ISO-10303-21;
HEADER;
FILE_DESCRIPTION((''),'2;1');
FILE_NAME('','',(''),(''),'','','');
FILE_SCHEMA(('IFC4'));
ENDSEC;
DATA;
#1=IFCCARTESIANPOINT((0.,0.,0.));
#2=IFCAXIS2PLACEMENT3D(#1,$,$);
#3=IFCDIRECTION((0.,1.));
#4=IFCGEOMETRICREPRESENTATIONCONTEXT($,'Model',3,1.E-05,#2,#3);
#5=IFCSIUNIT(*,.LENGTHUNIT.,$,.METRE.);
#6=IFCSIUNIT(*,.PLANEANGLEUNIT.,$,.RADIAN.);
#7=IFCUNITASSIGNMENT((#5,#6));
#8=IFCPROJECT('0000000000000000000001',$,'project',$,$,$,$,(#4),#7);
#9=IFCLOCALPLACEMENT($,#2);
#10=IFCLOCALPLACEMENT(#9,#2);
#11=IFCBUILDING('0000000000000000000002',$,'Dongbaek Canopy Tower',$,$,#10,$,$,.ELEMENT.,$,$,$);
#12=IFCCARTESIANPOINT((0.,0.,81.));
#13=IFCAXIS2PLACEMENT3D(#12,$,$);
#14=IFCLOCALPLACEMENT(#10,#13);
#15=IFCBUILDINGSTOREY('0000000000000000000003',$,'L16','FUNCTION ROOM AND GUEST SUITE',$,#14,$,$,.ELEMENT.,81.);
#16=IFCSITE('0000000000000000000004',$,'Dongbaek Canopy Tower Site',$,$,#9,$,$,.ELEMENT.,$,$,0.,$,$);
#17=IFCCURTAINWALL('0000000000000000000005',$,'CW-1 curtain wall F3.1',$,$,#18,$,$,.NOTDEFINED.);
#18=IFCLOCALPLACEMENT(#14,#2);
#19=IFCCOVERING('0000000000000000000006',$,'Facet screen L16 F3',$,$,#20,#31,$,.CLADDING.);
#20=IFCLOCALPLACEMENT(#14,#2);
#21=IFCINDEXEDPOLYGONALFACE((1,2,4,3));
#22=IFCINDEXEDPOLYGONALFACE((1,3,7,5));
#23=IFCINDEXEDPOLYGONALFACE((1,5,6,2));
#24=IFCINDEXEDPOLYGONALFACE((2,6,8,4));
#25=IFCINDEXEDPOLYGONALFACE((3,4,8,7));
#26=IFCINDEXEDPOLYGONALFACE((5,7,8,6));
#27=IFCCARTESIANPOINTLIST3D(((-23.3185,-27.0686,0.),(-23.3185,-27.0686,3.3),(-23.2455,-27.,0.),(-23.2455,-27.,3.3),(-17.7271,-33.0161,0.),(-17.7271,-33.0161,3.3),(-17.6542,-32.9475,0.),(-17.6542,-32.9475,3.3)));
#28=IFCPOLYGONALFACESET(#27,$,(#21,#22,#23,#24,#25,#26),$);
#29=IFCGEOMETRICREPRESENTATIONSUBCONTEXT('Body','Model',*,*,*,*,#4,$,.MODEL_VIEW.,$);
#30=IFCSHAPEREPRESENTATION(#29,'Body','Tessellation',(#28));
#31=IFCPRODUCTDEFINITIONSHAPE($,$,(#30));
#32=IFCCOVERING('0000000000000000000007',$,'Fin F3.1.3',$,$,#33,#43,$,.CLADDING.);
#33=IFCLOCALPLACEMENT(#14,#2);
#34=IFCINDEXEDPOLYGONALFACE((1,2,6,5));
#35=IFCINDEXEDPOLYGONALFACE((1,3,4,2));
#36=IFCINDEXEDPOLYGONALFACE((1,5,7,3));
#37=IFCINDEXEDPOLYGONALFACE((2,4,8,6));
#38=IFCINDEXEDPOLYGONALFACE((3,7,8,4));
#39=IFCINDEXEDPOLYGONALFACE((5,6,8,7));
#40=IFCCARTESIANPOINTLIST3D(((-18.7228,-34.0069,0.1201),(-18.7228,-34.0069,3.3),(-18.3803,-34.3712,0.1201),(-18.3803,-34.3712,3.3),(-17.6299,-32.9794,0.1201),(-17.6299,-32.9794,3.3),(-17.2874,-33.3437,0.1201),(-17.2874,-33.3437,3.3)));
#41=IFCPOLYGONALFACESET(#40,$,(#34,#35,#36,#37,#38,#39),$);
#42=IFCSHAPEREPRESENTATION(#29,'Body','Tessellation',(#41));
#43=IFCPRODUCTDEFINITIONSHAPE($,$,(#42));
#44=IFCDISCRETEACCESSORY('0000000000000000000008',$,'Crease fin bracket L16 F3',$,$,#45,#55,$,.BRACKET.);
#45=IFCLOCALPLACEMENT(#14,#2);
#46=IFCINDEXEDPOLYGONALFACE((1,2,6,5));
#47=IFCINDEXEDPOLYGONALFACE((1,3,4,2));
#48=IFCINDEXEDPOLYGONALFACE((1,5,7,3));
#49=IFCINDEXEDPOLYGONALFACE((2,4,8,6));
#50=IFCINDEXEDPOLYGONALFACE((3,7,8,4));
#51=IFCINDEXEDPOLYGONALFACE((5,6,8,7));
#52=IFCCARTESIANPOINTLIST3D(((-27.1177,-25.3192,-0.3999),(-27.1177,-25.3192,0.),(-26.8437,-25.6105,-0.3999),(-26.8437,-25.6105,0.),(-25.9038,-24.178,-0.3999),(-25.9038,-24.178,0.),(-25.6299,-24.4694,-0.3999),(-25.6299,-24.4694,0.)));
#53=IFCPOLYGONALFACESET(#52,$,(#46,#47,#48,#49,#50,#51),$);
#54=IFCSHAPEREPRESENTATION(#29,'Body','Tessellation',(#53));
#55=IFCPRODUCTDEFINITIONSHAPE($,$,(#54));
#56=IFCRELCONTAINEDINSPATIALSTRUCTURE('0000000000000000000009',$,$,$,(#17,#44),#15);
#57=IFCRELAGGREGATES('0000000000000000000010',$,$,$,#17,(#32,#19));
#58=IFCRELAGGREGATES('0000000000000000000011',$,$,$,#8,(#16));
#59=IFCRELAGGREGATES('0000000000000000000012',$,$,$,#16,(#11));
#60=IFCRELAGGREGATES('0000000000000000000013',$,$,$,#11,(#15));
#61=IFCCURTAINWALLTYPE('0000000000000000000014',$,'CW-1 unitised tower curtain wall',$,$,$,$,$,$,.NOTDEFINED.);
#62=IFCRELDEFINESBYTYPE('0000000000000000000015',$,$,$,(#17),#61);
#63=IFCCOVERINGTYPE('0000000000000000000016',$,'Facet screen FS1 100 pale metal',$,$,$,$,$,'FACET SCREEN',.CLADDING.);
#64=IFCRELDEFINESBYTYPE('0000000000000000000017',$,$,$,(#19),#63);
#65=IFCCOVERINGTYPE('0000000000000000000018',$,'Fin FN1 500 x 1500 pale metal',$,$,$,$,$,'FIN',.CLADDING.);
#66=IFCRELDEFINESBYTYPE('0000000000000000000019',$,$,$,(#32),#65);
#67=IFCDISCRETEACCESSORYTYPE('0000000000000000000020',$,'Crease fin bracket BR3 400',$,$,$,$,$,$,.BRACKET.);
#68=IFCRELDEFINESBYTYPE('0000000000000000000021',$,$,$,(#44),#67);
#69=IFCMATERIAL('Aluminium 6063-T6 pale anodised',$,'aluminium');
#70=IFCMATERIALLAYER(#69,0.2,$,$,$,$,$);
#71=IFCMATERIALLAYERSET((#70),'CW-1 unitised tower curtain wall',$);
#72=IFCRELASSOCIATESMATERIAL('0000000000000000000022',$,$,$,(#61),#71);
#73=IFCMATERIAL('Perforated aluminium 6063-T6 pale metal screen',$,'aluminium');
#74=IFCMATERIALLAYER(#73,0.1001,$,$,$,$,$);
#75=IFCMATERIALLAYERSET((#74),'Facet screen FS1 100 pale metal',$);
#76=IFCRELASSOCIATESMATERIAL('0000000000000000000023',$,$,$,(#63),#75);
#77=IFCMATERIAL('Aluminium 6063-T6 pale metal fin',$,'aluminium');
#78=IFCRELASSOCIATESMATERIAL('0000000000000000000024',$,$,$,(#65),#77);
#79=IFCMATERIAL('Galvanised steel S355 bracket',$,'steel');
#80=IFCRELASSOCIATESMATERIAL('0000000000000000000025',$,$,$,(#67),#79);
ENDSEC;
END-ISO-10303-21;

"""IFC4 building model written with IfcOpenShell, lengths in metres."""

from ifc_helpers import new_model, si_unit, direction, frame, origin, origin_2d, place, context, subcontext, project, spatial, rectangle, extrude, material, layer, layer_set, material_profile, profile_set, type_object, element, aggregate, save


model = new_model("IFC4")

# Units and contexts
model_context = context("Model", 3, precision=1e-05, world=origin(), true_north=direction((0.0, 1.0)))
body_context = subcontext(model_context, "Body", "Model", "MODEL_VIEW")
ifc_project = project(units=[si_unit("LENGTHUNIT", "METRE"), si_unit("PLANEANGLEUNIT", "RADIAN")], contexts=[model_context])

# Site, building, storey
site_placement = place(None, origin())
site = spatial("IfcSite", under=ifc_project, at=site_placement, Name="Dongbaek Canopy Tower Site", CompositionType="ELEMENT", RefElevation=0.0)
building_placement = place(site_placement, origin())
building = spatial("IfcBuilding", under=site, at=building_placement, Name="Dongbaek Canopy Tower", CompositionType="ELEMENT")
storey_placement = place(building_placement, frame((0.0, 0.0, 81.0)))
storey = spatial("IfcBuildingStorey", under=building, at=storey_placement, Name="L16", Description="FUNCTION ROOM AND GUEST SUITE", CompositionType="ELEMENT", Elevation=81.0)

# Curtain wall
ifc_material_1 = material(Name="Aluminium 6063-T6 pale anodised", Category="aluminium")
ifc_layer_1 = layer(ifc_material_1, 0.2)
ifc_layer_set_1 = layer_set([ifc_layer_1], Name="CW-1 unitised tower curtain wall")
curtain_wall_type = type_object("IfcCurtainWallType", Name="CW-1 unitised tower curtain wall", PredefinedType="NOTDEFINED", material=ifc_layer_set_1)
curtain_wall_placement = place(storey_placement, origin())
curtain_wall = element("IfcCurtainWall", 1, at=curtain_wall_placement, inside=storey, type_object=curtain_wall_type, Name="CW-1 curtain wall F3.1", PredefinedType="NOTDEFINED")

# Coverings
ifc_material_2 = material(Name="Perforated aluminium 6063-T6 pale metal screen", Category="aluminium")
ifc_layer_2 = layer(ifc_material_2, 0.1001)
ifc_layer_set_2 = layer_set([ifc_layer_2], Name="Facet screen FS1 100 pale metal")
covering_type_1 = type_object("IfcCoveringType", Name="Facet screen FS1 100 pale metal", ElementType="FACET SCREEN", PredefinedType="CLADDING", material=ifc_layer_set_2)
covering_1_placement = place(storey_placement, frame((-20.4863, -30.0081, 0.0), z_axis=(0.0, 0.0, 1.0), x_axis=(0.684955, -0.728585, 0.0)))
covering_1 = element("IfcCovering", 2, at=covering_1_placement, type_object=covering_type_1, Name="Facet screen L16 F3", PredefinedType="CLADDING", context=body_context, shape_type="SweptSolid", body=[
    extrude(rectangle(XDim=8.1631, YDim=0.1001, at=origin_2d()), origin(), (0.0, 0.0, 1.0), 3.3),
])
ifc_material_3 = material(Name="Aluminium 6063-T6 pale metal fin", Category="aluminium")
ifc_material_profile_1 = material_profile(ifc_material_3, rectangle(XDim=1.5, YDim=0.5, at=origin_2d()), Name="Fin FN1 500 x 1500 pale metal")
ifc_profile_set_1 = profile_set([ifc_material_profile_1], Name="Aluminium 6063-T6 pale metal fin")
covering_type_2 = type_object("IfcCoveringType", Name="Fin FN1 500 x 1500 pale metal", ElementType="FIN", PredefinedType="CLADDING", material=ifc_profile_set_1)
covering_2_placement = place(storey_placement, frame((-18.0051, -33.6753, 0.1201), z_axis=(0.0, 0.0, 1.0), x_axis=(-0.728585, -0.684956, 0.0)))
covering_2 = element("IfcCovering", 3, at=covering_2_placement, type_object=covering_type_2, Name="Fin F3.1.3", PredefinedType="CLADDING", context=body_context, shape_type="SweptSolid", body=[
    extrude(rectangle(XDim=1.5, YDim=0.5, at=origin_2d()), origin(), (0.0, 0.0, 1.0), 3.1799),
])
aggregate(curtain_wall, [covering_2, covering_1])

# Discrete accessory
ifc_material_4 = material(Name="Galvanised steel S355 bracket", Category="steel")
discrete_accessory_type = type_object("IfcDiscreteAccessoryType", Name="Crease fin bracket BR3 400", PredefinedType="BRACKET", material=ifc_material_4)
discrete_accessory_placement = place(storey_placement, frame((-26.3738, -24.8943, -0.3999), z_axis=(0.0, 0.0, 1.0), x_axis=(-0.728585, -0.684955, 0.0)))
element("IfcDiscreteAccessory", 4, at=discrete_accessory_placement, inside=storey, type_object=discrete_accessory_type, Name="Crease fin bracket L16 F3", PredefinedType="BRACKET", context=body_context, shape_type="SweptSolid", body=[
    extrude(rectangle(XDim=1.666, YDim=0.3999, at=origin_2d()), origin(), (0.0, 0.0, 1.0), 0.3999),
])

save(model, "model.ifc")
